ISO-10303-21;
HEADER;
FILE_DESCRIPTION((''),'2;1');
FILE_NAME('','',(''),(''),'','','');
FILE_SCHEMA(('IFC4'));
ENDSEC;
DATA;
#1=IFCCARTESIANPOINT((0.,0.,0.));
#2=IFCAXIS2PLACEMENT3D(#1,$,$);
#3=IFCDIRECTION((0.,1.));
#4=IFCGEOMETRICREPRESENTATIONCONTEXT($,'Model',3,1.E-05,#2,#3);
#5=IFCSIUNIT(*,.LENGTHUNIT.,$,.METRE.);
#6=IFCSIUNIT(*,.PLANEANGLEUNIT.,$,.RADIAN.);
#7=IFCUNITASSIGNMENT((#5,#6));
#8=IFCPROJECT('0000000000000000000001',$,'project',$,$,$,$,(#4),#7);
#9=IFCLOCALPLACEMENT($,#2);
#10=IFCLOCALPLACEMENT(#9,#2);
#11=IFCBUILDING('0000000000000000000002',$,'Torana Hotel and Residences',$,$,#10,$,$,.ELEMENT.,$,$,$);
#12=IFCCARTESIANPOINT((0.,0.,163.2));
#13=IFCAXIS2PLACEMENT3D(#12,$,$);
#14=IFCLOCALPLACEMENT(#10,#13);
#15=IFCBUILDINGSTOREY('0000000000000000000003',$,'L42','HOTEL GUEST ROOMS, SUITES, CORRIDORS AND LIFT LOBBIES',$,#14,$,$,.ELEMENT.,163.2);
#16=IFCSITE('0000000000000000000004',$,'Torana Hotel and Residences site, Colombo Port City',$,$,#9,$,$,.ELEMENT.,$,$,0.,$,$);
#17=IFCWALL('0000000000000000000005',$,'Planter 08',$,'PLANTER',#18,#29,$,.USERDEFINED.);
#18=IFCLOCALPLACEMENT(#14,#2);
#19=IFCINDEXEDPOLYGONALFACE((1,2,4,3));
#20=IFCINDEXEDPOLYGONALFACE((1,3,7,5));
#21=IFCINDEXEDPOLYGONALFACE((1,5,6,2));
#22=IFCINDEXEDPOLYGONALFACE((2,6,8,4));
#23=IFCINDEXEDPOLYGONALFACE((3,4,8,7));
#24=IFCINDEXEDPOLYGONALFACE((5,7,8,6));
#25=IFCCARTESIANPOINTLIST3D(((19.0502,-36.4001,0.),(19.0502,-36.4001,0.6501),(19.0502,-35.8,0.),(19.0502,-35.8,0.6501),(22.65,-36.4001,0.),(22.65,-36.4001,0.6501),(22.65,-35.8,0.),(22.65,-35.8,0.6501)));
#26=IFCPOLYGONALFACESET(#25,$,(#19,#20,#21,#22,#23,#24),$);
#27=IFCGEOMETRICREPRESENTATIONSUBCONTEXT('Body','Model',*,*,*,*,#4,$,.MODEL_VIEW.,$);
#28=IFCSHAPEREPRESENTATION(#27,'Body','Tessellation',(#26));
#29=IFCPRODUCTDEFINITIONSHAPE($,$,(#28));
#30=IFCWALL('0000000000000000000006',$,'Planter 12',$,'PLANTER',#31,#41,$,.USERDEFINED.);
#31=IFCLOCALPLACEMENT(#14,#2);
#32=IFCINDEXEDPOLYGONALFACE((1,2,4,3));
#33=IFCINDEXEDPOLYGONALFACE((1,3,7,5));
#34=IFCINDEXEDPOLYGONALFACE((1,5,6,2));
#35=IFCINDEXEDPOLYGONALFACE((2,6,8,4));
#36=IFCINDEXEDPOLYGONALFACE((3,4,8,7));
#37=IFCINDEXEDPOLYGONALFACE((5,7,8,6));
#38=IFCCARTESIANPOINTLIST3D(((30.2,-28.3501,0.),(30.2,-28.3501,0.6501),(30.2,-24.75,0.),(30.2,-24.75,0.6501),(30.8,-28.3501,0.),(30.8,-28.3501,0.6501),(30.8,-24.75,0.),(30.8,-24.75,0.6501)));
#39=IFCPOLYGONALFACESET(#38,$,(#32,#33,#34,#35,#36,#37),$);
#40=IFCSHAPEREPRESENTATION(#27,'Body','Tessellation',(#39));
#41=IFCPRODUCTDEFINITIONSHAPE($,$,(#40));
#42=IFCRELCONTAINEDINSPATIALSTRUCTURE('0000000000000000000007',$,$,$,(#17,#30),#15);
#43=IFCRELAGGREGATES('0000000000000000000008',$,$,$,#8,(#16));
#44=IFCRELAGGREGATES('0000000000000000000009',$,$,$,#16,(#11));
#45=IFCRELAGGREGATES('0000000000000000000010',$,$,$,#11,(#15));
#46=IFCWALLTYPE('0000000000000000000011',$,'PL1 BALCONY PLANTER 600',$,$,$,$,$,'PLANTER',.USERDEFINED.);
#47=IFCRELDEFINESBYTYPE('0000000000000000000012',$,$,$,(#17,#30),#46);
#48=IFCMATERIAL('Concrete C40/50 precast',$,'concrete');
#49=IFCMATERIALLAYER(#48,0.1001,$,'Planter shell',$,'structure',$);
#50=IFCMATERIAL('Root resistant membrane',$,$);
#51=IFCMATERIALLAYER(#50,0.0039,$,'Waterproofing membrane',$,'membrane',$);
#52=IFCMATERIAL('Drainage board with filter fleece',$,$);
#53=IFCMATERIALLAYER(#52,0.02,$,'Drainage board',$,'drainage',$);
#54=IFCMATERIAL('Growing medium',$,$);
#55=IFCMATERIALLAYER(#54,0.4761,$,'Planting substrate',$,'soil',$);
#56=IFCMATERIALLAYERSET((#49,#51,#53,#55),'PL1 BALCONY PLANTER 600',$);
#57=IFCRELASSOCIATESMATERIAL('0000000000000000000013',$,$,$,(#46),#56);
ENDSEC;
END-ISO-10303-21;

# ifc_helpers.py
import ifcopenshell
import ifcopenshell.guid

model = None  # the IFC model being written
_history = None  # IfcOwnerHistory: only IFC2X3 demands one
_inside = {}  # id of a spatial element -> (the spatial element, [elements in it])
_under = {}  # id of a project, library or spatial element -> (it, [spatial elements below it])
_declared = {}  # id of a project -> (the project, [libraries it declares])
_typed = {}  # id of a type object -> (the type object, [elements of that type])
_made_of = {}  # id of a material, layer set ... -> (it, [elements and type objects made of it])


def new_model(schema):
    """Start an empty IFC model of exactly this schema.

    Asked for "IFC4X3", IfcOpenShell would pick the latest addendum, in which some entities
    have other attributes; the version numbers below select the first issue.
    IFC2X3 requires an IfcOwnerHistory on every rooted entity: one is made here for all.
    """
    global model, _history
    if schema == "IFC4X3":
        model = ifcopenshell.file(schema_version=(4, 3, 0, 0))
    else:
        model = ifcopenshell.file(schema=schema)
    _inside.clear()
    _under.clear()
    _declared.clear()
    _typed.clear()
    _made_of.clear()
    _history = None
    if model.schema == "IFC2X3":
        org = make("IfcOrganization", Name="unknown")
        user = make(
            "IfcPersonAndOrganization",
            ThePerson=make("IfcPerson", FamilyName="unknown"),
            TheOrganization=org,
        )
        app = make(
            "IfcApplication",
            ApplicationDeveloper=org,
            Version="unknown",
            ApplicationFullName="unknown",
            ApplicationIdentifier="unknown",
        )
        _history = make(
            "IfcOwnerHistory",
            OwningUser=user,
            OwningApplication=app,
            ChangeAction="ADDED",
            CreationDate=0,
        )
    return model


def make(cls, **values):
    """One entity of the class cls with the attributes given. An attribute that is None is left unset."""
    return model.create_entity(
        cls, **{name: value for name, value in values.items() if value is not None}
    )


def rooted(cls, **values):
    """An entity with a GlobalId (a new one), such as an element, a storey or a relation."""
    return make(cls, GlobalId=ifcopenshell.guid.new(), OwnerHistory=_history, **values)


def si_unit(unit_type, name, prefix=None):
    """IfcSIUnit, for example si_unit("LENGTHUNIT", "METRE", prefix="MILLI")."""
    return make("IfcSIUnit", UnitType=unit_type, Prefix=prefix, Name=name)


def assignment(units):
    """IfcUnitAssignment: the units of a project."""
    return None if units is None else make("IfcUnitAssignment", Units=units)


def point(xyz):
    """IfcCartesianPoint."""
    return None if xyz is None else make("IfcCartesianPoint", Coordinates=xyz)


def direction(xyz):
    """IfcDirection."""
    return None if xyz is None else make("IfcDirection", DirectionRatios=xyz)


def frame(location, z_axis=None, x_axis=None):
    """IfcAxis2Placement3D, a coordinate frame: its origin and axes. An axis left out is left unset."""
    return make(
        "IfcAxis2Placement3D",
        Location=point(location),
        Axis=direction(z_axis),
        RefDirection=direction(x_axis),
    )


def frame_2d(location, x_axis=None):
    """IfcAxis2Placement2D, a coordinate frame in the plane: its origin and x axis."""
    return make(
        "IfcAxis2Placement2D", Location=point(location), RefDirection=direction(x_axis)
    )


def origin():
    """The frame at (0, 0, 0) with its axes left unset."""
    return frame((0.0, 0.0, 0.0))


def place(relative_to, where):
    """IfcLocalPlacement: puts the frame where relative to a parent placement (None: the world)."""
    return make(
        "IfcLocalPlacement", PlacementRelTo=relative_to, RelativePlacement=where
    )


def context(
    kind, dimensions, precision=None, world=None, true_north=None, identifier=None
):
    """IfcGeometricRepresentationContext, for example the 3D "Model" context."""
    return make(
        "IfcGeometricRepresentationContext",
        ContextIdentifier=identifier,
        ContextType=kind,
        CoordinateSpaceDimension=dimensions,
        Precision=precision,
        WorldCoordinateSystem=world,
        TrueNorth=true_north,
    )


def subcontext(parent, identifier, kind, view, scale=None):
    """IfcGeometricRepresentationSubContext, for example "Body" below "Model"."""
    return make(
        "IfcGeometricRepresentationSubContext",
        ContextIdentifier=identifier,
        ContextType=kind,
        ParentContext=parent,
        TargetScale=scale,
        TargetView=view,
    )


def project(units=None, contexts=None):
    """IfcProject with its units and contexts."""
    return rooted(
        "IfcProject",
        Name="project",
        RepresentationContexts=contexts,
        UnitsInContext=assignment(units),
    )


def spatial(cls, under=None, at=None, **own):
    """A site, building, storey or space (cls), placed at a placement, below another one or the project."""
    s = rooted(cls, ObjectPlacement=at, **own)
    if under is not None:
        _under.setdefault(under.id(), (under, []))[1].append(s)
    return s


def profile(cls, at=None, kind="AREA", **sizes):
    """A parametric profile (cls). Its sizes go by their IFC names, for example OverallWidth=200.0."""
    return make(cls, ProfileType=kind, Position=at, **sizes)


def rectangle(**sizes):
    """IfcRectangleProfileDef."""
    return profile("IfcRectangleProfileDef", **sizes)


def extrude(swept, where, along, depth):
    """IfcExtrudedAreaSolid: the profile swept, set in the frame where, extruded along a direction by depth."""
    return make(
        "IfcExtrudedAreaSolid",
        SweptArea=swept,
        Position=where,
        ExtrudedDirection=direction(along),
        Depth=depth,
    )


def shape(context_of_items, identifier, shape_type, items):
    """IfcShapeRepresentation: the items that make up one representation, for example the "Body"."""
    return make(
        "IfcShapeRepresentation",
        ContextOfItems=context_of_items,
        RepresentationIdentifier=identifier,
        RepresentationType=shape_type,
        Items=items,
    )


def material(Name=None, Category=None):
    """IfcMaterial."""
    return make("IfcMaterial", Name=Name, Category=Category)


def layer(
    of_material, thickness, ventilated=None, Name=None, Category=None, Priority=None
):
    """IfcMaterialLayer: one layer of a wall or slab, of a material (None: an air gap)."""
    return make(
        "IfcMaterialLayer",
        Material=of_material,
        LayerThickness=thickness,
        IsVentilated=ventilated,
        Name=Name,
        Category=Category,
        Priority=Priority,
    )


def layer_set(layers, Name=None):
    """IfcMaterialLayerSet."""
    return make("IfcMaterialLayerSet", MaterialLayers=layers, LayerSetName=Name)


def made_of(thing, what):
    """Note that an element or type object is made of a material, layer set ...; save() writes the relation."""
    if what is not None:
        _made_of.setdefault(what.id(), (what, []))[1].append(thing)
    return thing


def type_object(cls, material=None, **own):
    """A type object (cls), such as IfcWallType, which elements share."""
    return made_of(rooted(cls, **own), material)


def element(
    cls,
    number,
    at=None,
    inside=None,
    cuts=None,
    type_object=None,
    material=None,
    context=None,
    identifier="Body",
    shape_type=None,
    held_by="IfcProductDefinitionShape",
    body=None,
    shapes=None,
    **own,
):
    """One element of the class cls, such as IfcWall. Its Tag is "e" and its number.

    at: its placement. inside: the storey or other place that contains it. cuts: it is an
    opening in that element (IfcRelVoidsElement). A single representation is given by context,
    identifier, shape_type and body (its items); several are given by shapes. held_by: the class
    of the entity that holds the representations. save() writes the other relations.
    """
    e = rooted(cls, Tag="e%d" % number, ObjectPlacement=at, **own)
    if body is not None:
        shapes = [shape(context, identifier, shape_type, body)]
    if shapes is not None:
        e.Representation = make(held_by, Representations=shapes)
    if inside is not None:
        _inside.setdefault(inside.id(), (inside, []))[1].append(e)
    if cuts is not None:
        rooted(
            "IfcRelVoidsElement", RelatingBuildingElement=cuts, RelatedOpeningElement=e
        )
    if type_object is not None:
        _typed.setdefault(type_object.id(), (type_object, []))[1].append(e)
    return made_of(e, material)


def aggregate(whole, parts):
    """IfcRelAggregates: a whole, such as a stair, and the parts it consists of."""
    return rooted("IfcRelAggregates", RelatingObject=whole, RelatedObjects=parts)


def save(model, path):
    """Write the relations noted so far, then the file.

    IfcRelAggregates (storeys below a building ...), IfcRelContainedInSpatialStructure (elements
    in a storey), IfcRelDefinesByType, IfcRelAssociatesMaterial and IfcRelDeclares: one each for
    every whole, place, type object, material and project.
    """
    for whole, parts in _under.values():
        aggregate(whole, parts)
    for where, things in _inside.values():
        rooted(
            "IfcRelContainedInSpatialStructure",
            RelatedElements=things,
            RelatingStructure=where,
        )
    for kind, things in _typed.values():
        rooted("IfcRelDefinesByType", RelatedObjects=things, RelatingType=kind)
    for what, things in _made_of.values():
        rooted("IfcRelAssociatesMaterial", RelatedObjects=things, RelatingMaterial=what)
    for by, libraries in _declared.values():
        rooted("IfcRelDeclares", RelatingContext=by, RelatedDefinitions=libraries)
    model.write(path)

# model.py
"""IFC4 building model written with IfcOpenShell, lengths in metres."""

from ifc_helpers import new_model, si_unit, direction, frame, frame_2d, origin, place, context, subcontext, project, spatial, rectangle, extrude, material, layer, layer_set, type_object, element, save


model = new_model("IFC4")

# Units and contexts
model_context = context("Model", 3, precision=1e-05, world=origin(), true_north=direction((0.0, 1.0)))
body_context = subcontext(model_context, "Body", "Model", "MODEL_VIEW")
ifc_project = project(units=[si_unit("LENGTHUNIT", "METRE"), si_unit("PLANEANGLEUNIT", "RADIAN")], contexts=[model_context])

# Site, building, storey
site_placement = place(None, origin())
site = spatial("IfcSite", under=ifc_project, at=site_placement, Name="Torana Hotel and Residences site, Colombo Port City", CompositionType="ELEMENT", RefElevation=0.0)
building_placement = place(site_placement, origin())
building = spatial("IfcBuilding", under=site, at=building_placement, Name="Torana Hotel and Residences", CompositionType="ELEMENT")
storey_placement = place(building_placement, frame((0.0, 0.0, 163.2)))
storey = spatial("IfcBuildingStorey", under=building, at=storey_placement, Name="L42", Description="HOTEL GUEST ROOMS, SUITES, CORRIDORS AND LIFT LOBBIES", CompositionType="ELEMENT", Elevation=163.2)

# Walls
ifc_material_1 = material(Name="Concrete C40/50 precast", Category="concrete")
ifc_layer_1 = layer(ifc_material_1, 0.1001, Name="Planter shell", Category="structure")
ifc_material_2 = material(Name="Root resistant membrane")
ifc_layer_2 = layer(ifc_material_2, 0.0039, Name="Waterproofing membrane", Category="membrane")
ifc_material_3 = material(Name="Drainage board with filter fleece")
ifc_layer_3 = layer(ifc_material_3, 0.02, Name="Drainage board", Category="drainage")
ifc_material_4 = material(Name="Growing medium")
ifc_layer_4 = layer(ifc_material_4, 0.4761, Name="Planting substrate", Category="soil")
ifc_layer_set_1 = layer_set([ifc_layer_1, ifc_layer_2, ifc_layer_3, ifc_layer_4], Name="PL1 BALCONY PLANTER 600")
wall_type_1 = type_object("IfcWallType", Name="PL1 BALCONY PLANTER 600", ElementType="PLANTER", PredefinedType="USERDEFINED", material=ifc_layer_set_1)
wall_1_placement = place(storey_placement, frame((22.6499, -36.1001, 0.0), z_axis=(0.0, 0.0, 1.0), x_axis=(-1.0, 0.0, 0.0)))
element("IfcWall", 1, at=wall_1_placement, inside=storey, type_object=wall_type_1, Name="Planter 08", ObjectType="PLANTER", PredefinedType="USERDEFINED", context=body_context, shape_type="SweptSolid", body=[
    extrude(rectangle(XDim=3.5999, YDim=0.6001, at=frame_2d((1.7998, 0.0))), origin(), (0.0, 0.0, 1.0), 0.6501),
])
wall_2_placement = place(storey_placement, frame((30.5, -24.75, 0.0), z_axis=(0.0, 0.0, 1.0), x_axis=(0.0, -1.0, 0.0)))
element("IfcWall", 2, at=wall_2_placement, inside=storey, type_object=wall_type_1, Name="Planter 12", ObjectType="PLANTER", PredefinedType="USERDEFINED", context=body_context, shape_type="SweptSolid", body=[
    extrude(rectangle(XDim=3.6001, YDim=0.6001, at=frame_2d((1.8, 0.0))), origin(), (0.0, 0.0, 1.0), 0.6501),
])

save(model, "model.ifc")
